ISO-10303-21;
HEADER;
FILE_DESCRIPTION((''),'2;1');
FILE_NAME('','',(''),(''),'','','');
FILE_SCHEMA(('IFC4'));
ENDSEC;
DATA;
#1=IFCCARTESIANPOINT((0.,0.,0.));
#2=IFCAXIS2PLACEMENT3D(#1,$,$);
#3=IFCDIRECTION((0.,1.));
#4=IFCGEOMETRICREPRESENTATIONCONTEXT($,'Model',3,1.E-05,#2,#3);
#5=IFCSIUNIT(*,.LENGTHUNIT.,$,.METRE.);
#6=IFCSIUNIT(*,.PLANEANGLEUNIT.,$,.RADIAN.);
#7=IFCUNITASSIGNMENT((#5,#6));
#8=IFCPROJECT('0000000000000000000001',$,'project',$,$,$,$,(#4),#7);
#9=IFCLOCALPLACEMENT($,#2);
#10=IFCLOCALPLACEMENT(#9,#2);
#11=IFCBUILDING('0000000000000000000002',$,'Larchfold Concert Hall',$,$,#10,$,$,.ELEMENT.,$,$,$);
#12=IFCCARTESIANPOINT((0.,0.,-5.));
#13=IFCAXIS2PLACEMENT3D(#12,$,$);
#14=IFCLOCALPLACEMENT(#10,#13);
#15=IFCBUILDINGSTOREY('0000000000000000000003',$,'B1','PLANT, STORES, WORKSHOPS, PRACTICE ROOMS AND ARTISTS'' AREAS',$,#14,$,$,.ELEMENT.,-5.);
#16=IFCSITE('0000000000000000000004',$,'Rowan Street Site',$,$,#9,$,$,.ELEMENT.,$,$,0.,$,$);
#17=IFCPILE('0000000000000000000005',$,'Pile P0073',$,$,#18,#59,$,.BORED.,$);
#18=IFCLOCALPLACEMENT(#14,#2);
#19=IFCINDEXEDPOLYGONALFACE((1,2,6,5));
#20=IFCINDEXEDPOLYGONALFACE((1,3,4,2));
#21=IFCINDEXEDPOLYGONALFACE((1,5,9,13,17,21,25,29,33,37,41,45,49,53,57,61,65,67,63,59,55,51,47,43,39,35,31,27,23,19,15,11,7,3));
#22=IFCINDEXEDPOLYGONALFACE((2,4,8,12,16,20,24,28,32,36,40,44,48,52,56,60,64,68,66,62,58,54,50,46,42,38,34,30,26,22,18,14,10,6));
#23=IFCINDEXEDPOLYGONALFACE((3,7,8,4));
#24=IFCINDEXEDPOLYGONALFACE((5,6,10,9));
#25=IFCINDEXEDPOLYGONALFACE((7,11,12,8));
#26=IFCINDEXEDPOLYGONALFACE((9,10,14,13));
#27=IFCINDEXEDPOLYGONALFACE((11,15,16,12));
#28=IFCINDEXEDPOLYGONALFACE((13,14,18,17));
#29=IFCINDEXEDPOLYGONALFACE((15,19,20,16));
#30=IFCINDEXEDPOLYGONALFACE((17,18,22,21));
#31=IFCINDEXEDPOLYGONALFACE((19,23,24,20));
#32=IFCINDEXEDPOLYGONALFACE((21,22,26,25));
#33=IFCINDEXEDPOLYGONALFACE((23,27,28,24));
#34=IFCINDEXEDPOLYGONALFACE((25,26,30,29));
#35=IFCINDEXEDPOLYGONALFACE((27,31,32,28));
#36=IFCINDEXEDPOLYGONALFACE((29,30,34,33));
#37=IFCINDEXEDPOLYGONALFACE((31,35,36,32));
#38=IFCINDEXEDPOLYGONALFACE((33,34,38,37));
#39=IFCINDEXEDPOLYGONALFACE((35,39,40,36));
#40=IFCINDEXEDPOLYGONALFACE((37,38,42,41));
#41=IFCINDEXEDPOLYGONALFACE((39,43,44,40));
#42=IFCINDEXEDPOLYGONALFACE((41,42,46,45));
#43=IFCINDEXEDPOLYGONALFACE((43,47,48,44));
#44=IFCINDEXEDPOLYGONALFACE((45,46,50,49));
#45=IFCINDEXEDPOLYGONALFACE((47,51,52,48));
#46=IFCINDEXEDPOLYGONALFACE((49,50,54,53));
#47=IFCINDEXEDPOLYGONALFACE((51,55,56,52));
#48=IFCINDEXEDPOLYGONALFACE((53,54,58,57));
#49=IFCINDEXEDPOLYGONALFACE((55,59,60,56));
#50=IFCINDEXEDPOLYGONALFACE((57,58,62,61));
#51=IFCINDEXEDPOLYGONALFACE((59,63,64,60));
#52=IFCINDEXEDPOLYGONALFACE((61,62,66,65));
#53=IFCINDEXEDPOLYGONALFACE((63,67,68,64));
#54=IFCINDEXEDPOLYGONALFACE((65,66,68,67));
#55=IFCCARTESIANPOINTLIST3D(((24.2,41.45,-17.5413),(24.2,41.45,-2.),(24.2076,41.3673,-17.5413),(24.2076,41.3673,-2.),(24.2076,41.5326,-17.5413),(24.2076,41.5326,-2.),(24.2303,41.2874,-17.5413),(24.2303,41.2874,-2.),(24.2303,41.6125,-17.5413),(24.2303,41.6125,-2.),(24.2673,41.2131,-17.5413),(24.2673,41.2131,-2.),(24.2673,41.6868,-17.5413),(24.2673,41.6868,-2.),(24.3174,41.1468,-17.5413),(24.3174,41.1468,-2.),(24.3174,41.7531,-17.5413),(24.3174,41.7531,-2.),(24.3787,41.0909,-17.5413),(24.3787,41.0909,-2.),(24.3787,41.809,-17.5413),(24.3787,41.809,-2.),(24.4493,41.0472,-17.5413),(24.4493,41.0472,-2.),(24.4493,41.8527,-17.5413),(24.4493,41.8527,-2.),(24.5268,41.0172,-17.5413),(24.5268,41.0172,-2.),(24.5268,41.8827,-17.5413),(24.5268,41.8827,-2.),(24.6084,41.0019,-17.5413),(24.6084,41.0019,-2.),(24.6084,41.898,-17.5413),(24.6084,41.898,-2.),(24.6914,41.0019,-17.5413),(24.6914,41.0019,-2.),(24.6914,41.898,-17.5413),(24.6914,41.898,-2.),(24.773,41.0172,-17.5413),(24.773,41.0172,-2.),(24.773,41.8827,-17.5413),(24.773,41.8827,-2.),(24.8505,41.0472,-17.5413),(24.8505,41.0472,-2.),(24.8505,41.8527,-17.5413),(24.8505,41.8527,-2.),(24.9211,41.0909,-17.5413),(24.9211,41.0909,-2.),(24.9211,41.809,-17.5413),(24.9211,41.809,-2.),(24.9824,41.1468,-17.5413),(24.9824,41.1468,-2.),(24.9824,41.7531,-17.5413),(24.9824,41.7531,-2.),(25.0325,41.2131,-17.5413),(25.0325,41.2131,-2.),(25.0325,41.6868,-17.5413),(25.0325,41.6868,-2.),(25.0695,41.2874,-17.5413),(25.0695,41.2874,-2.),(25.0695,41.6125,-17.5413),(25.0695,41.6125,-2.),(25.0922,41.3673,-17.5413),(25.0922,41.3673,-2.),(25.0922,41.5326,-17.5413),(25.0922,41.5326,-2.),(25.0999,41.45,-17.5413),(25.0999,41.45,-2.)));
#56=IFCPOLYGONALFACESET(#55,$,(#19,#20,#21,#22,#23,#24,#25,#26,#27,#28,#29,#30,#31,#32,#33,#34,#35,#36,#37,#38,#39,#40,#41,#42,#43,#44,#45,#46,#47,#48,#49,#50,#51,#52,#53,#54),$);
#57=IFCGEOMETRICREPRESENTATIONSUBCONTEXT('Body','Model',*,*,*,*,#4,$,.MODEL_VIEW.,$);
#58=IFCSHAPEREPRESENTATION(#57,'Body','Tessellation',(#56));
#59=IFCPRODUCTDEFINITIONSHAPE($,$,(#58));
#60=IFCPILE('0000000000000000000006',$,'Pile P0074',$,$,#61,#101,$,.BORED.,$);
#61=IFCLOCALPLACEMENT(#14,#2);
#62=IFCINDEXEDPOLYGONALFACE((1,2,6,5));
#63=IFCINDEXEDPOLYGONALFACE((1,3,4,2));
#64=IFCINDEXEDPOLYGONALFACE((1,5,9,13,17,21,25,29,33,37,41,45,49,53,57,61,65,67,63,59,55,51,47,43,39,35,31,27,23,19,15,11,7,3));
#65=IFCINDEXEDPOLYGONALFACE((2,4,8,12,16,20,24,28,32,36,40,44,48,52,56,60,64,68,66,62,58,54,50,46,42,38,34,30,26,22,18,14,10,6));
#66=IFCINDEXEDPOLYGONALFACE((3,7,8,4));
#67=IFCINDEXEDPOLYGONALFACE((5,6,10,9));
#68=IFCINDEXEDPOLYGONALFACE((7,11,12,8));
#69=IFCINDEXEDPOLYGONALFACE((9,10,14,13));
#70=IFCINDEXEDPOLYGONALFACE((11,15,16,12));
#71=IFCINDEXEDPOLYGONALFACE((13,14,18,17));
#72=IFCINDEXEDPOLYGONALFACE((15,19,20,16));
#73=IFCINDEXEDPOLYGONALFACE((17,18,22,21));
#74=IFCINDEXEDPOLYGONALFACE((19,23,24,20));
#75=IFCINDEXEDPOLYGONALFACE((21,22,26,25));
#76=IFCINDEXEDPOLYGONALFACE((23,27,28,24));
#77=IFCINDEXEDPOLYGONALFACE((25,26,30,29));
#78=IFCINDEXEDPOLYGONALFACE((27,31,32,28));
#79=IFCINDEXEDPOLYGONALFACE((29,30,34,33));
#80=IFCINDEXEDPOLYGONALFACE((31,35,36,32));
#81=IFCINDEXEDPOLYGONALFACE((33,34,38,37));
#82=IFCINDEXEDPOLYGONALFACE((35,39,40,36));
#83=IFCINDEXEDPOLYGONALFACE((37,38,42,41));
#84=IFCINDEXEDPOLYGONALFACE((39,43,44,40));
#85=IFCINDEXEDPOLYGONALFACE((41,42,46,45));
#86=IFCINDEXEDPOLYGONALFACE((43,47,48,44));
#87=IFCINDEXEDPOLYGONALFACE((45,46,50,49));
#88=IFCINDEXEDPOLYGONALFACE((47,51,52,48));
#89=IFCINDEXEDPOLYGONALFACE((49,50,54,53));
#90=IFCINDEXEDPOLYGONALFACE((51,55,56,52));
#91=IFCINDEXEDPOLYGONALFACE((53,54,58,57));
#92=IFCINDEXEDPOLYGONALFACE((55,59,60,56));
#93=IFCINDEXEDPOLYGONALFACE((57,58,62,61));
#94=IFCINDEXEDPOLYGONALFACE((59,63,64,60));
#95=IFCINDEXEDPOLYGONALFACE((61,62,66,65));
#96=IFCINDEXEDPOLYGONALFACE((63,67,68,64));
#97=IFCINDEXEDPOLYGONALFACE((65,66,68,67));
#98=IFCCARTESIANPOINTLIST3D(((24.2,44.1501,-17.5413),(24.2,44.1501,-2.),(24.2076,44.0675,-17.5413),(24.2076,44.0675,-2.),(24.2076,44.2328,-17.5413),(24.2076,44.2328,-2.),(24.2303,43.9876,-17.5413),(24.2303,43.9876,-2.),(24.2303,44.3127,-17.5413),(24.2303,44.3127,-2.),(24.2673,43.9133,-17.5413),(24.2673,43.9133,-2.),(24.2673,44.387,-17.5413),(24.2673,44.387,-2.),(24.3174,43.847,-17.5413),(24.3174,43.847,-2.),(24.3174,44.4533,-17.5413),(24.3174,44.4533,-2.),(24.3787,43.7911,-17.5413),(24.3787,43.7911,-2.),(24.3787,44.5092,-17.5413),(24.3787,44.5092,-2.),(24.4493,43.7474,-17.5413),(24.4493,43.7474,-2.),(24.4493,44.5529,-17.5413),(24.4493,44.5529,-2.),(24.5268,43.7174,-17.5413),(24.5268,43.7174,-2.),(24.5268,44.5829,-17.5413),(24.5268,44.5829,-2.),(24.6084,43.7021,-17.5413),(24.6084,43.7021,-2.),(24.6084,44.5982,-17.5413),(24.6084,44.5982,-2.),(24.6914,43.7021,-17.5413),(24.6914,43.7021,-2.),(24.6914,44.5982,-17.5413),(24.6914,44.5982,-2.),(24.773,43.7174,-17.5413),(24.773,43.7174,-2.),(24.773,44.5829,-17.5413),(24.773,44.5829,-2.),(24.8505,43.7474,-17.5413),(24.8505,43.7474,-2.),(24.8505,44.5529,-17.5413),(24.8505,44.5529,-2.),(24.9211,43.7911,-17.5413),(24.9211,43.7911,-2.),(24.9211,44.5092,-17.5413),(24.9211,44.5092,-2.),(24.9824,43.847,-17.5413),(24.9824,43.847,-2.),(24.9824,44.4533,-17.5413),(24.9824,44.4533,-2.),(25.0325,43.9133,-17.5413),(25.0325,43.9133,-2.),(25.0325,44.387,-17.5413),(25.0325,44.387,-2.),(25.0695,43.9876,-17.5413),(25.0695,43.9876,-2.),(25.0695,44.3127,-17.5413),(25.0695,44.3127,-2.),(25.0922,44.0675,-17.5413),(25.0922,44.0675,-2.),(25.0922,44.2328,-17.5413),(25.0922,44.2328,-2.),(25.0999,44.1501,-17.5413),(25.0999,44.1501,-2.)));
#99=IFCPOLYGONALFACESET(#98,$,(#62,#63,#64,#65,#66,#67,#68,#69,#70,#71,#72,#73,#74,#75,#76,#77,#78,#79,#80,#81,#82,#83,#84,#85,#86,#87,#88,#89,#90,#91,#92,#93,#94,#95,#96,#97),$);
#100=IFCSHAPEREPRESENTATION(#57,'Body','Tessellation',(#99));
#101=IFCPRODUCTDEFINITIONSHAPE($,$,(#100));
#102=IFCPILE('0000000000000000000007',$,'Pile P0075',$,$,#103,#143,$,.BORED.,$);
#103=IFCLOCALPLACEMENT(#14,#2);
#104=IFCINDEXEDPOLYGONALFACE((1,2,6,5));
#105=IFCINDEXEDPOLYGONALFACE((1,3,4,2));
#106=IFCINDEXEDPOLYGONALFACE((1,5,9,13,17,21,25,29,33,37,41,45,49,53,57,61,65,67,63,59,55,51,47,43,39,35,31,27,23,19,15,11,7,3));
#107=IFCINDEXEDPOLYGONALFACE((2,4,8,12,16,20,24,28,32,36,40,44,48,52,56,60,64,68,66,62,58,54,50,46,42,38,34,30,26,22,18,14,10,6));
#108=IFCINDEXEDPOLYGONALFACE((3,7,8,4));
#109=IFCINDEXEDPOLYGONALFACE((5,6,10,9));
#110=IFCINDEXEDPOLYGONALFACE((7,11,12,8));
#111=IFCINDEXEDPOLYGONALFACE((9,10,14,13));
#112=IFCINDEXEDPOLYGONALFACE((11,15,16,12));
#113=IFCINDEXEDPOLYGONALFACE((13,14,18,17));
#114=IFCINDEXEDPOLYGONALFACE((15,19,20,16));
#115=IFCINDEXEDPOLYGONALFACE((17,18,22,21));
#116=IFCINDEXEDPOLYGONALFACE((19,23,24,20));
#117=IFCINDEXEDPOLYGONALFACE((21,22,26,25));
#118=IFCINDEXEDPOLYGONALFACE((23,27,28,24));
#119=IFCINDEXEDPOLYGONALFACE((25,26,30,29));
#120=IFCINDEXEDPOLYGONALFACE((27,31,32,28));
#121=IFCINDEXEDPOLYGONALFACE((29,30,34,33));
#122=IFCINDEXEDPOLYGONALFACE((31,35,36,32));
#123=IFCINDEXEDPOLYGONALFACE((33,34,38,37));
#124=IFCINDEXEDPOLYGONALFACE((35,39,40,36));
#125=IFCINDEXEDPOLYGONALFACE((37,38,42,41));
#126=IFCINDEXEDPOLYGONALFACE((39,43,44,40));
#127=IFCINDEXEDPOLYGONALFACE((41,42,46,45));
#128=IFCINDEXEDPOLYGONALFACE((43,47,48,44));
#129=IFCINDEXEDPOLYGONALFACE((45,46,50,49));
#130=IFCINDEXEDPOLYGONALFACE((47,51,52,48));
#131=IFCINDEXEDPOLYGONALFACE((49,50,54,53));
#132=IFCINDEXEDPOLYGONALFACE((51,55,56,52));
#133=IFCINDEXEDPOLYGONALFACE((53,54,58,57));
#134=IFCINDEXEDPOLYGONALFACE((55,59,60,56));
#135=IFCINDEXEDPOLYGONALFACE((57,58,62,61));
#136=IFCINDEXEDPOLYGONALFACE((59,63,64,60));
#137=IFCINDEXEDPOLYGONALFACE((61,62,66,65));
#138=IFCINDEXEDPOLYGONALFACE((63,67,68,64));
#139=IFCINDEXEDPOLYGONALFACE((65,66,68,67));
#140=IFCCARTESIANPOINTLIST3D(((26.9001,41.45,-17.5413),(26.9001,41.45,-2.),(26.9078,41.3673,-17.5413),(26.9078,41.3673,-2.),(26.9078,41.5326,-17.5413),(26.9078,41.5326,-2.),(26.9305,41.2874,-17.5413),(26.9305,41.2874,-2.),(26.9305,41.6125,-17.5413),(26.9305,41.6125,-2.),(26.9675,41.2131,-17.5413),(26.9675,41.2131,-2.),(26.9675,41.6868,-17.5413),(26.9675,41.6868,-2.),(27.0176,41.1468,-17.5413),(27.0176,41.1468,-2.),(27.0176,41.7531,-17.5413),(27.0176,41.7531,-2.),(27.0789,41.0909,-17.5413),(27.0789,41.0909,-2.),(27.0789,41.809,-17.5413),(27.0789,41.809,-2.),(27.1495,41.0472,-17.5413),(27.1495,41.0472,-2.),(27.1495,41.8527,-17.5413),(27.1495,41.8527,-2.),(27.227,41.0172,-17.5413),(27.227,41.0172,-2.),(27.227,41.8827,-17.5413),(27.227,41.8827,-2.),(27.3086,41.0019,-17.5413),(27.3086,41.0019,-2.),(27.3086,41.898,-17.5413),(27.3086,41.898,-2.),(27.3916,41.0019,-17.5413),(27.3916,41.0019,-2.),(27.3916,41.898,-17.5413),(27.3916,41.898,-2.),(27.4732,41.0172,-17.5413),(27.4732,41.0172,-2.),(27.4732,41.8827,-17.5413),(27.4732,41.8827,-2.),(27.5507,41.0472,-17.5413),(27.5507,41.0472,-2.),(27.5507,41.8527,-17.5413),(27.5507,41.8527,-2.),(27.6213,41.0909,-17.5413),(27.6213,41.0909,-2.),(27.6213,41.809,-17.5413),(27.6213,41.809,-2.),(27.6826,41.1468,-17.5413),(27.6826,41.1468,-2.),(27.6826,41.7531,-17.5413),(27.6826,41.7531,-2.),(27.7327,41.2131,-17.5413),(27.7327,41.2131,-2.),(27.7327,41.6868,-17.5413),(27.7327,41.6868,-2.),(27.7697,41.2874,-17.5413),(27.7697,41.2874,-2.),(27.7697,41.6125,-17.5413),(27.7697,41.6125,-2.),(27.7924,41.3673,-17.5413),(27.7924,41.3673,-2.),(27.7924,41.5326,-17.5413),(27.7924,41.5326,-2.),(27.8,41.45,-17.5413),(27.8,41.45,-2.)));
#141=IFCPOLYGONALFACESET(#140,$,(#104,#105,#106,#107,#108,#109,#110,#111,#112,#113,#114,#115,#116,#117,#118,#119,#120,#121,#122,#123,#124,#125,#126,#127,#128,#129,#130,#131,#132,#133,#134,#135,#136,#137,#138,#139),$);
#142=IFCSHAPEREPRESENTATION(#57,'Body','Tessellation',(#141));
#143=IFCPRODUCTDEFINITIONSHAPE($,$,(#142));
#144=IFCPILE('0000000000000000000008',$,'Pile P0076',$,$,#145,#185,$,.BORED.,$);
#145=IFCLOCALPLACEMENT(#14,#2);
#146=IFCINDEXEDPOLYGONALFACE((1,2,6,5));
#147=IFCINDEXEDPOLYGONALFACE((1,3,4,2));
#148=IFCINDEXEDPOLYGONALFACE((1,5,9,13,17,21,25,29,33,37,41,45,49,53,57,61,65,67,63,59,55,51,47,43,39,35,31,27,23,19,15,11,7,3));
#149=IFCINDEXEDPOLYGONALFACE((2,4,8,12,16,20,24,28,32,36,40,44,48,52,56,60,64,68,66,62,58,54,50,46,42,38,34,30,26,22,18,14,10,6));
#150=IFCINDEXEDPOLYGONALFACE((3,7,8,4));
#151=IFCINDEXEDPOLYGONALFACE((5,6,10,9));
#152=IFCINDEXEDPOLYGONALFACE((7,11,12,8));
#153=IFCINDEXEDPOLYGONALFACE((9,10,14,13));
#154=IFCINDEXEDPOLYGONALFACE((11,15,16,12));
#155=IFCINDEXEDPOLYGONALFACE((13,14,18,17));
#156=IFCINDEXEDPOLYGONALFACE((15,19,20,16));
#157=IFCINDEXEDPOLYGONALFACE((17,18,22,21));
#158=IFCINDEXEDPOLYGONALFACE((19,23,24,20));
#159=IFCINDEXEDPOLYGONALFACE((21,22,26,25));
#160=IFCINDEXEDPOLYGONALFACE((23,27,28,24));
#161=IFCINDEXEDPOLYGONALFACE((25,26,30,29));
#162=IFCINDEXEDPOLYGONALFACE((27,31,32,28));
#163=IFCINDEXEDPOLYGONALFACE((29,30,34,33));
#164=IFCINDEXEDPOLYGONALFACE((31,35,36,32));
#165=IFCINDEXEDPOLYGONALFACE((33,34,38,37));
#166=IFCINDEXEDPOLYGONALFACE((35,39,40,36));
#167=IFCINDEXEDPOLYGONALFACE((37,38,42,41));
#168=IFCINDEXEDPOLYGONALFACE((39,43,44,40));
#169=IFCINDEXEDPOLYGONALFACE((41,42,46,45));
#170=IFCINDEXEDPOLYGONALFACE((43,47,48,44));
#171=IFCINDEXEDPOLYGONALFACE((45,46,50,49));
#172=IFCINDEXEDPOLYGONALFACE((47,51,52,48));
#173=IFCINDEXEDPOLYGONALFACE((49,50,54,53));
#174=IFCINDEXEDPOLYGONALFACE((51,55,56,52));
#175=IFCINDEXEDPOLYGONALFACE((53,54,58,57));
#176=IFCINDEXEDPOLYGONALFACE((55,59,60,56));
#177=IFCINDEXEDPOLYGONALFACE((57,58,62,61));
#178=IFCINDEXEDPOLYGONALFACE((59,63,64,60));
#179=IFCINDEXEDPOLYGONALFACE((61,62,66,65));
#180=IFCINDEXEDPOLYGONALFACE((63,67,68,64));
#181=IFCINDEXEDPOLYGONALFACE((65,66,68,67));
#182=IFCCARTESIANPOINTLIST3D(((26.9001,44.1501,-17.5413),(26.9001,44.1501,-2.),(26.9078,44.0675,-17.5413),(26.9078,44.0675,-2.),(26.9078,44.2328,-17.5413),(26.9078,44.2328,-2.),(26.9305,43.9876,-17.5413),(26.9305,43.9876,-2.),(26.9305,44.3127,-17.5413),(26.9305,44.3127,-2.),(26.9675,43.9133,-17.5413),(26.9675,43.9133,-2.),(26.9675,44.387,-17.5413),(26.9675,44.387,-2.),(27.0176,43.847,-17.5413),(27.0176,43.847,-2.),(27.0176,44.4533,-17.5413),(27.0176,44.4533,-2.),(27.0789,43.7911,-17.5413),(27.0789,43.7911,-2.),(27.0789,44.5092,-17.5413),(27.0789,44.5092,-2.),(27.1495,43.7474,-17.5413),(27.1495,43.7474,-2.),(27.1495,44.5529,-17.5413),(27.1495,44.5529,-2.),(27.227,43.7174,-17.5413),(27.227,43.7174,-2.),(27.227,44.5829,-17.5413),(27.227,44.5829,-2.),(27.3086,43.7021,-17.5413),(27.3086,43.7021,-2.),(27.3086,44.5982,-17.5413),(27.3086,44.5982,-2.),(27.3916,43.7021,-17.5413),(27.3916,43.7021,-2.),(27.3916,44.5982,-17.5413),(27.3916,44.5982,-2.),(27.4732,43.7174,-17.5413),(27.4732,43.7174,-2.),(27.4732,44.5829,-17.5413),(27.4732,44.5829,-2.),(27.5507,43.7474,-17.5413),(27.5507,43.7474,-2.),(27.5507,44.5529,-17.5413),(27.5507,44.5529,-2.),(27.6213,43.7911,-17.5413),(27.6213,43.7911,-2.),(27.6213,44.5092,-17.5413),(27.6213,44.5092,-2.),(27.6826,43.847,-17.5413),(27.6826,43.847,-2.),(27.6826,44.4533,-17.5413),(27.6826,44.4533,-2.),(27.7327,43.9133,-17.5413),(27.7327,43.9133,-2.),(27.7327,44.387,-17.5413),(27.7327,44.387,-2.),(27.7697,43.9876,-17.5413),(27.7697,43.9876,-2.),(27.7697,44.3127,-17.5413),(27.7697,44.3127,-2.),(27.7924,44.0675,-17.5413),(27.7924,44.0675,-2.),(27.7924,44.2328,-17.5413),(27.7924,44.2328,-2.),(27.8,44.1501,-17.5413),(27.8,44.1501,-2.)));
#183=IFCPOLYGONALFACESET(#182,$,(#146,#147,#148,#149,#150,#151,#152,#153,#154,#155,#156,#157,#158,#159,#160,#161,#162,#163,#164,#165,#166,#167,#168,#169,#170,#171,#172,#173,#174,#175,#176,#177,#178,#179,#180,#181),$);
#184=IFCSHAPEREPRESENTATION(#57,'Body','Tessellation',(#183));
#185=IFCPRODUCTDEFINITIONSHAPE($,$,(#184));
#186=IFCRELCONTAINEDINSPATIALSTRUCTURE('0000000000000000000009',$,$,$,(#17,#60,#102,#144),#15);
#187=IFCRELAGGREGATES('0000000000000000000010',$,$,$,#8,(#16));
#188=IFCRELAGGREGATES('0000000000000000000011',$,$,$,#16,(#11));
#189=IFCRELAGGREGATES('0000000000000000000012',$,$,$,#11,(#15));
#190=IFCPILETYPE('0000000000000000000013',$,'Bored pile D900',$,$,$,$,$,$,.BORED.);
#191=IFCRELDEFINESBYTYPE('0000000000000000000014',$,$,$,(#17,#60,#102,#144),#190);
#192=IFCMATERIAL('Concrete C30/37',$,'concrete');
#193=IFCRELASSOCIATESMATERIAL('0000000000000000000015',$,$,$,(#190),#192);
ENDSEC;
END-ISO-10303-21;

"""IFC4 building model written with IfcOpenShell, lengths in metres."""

from ifc_helpers import new_model, si_unit, direction, frame, origin, origin_2d, place, context, subcontext, project, spatial, circle, extrude, material, material_profile, profile_set, type_object, element, save


model = new_model("IFC4")

# Units and contexts
model_context = context("Model", 3, precision=1e-05, world=origin(), true_north=direction((0.0, 1.0)))
body_context = subcontext(model_context, "Body", "Model", "MODEL_VIEW")
ifc_project = project(units=[si_unit("LENGTHUNIT", "METRE"), si_unit("PLANEANGLEUNIT", "RADIAN")], contexts=[model_context])

# Site, building, storey
site_placement = place(None, origin())
site = spatial("IfcSite", under=ifc_project, at=site_placement, Name="Rowan Street Site", CompositionType="ELEMENT", RefElevation=0.0)
building_placement = place(site_placement, origin())
building = spatial("IfcBuilding", under=site, at=building_placement, Name="Larchfold Concert Hall", CompositionType="ELEMENT")
storey_placement = place(building_placement, frame((0.0, 0.0, -5.0)))
storey = spatial("IfcBuildingStorey", under=building, at=storey_placement, Name="B1", Description="PLANT, STORES, WORKSHOPS, PRACTICE ROOMS AND ARTISTS' AREAS", CompositionType="ELEMENT", Elevation=-5.0)

# Piles
ifc_material_1 = material(Name="Concrete C30/37", Category="concrete")
ifc_material_profile_1 = material_profile(ifc_material_1, circle(Radius=0.45, at=origin_2d()))
ifc_profile_set_1 = profile_set([ifc_material_profile_1], Name="Concrete C30/37")
pile_type = type_object("IfcPileType", Name="Bored pile D900", PredefinedType="BORED", material=ifc_profile_set_1)
for number, where, z_axis, x_axis, name in (
    (1, (24.6499, 41.45, -2.0), (0.0, 0.0, -1.0), (1.0, 0.0, 0.0), "Pile P0073"),
    (2, (24.6499, 44.1501, -2.0), (0.0, 0.0, -1.0), (1.0, 0.0, 0.0), "Pile P0074"),
    (3, (27.3501, 41.45, -2.0), (0.0, 0.0, -1.0), (1.0, 0.0, 0.0), "Pile P0075"),
    (4, (27.3501, 44.1501, -2.0), (0.0, 0.0, -1.0), (1.0, 0.0, 0.0), "Pile P0076"),
):
    element("IfcPile", number, at=place(storey_placement, frame(where, z_axis=z_axis, x_axis=x_axis)), inside=storey, type_object=pile_type, Name=name, PredefinedType="BORED", context=body_context, shape_type="SweptSolid", body=[
        extrude(circle(Radius=0.45, at=origin_2d()), origin(), (0.0, 0.0, 1.0), 15.5413),
    ])

save(model, "model.ifc")
